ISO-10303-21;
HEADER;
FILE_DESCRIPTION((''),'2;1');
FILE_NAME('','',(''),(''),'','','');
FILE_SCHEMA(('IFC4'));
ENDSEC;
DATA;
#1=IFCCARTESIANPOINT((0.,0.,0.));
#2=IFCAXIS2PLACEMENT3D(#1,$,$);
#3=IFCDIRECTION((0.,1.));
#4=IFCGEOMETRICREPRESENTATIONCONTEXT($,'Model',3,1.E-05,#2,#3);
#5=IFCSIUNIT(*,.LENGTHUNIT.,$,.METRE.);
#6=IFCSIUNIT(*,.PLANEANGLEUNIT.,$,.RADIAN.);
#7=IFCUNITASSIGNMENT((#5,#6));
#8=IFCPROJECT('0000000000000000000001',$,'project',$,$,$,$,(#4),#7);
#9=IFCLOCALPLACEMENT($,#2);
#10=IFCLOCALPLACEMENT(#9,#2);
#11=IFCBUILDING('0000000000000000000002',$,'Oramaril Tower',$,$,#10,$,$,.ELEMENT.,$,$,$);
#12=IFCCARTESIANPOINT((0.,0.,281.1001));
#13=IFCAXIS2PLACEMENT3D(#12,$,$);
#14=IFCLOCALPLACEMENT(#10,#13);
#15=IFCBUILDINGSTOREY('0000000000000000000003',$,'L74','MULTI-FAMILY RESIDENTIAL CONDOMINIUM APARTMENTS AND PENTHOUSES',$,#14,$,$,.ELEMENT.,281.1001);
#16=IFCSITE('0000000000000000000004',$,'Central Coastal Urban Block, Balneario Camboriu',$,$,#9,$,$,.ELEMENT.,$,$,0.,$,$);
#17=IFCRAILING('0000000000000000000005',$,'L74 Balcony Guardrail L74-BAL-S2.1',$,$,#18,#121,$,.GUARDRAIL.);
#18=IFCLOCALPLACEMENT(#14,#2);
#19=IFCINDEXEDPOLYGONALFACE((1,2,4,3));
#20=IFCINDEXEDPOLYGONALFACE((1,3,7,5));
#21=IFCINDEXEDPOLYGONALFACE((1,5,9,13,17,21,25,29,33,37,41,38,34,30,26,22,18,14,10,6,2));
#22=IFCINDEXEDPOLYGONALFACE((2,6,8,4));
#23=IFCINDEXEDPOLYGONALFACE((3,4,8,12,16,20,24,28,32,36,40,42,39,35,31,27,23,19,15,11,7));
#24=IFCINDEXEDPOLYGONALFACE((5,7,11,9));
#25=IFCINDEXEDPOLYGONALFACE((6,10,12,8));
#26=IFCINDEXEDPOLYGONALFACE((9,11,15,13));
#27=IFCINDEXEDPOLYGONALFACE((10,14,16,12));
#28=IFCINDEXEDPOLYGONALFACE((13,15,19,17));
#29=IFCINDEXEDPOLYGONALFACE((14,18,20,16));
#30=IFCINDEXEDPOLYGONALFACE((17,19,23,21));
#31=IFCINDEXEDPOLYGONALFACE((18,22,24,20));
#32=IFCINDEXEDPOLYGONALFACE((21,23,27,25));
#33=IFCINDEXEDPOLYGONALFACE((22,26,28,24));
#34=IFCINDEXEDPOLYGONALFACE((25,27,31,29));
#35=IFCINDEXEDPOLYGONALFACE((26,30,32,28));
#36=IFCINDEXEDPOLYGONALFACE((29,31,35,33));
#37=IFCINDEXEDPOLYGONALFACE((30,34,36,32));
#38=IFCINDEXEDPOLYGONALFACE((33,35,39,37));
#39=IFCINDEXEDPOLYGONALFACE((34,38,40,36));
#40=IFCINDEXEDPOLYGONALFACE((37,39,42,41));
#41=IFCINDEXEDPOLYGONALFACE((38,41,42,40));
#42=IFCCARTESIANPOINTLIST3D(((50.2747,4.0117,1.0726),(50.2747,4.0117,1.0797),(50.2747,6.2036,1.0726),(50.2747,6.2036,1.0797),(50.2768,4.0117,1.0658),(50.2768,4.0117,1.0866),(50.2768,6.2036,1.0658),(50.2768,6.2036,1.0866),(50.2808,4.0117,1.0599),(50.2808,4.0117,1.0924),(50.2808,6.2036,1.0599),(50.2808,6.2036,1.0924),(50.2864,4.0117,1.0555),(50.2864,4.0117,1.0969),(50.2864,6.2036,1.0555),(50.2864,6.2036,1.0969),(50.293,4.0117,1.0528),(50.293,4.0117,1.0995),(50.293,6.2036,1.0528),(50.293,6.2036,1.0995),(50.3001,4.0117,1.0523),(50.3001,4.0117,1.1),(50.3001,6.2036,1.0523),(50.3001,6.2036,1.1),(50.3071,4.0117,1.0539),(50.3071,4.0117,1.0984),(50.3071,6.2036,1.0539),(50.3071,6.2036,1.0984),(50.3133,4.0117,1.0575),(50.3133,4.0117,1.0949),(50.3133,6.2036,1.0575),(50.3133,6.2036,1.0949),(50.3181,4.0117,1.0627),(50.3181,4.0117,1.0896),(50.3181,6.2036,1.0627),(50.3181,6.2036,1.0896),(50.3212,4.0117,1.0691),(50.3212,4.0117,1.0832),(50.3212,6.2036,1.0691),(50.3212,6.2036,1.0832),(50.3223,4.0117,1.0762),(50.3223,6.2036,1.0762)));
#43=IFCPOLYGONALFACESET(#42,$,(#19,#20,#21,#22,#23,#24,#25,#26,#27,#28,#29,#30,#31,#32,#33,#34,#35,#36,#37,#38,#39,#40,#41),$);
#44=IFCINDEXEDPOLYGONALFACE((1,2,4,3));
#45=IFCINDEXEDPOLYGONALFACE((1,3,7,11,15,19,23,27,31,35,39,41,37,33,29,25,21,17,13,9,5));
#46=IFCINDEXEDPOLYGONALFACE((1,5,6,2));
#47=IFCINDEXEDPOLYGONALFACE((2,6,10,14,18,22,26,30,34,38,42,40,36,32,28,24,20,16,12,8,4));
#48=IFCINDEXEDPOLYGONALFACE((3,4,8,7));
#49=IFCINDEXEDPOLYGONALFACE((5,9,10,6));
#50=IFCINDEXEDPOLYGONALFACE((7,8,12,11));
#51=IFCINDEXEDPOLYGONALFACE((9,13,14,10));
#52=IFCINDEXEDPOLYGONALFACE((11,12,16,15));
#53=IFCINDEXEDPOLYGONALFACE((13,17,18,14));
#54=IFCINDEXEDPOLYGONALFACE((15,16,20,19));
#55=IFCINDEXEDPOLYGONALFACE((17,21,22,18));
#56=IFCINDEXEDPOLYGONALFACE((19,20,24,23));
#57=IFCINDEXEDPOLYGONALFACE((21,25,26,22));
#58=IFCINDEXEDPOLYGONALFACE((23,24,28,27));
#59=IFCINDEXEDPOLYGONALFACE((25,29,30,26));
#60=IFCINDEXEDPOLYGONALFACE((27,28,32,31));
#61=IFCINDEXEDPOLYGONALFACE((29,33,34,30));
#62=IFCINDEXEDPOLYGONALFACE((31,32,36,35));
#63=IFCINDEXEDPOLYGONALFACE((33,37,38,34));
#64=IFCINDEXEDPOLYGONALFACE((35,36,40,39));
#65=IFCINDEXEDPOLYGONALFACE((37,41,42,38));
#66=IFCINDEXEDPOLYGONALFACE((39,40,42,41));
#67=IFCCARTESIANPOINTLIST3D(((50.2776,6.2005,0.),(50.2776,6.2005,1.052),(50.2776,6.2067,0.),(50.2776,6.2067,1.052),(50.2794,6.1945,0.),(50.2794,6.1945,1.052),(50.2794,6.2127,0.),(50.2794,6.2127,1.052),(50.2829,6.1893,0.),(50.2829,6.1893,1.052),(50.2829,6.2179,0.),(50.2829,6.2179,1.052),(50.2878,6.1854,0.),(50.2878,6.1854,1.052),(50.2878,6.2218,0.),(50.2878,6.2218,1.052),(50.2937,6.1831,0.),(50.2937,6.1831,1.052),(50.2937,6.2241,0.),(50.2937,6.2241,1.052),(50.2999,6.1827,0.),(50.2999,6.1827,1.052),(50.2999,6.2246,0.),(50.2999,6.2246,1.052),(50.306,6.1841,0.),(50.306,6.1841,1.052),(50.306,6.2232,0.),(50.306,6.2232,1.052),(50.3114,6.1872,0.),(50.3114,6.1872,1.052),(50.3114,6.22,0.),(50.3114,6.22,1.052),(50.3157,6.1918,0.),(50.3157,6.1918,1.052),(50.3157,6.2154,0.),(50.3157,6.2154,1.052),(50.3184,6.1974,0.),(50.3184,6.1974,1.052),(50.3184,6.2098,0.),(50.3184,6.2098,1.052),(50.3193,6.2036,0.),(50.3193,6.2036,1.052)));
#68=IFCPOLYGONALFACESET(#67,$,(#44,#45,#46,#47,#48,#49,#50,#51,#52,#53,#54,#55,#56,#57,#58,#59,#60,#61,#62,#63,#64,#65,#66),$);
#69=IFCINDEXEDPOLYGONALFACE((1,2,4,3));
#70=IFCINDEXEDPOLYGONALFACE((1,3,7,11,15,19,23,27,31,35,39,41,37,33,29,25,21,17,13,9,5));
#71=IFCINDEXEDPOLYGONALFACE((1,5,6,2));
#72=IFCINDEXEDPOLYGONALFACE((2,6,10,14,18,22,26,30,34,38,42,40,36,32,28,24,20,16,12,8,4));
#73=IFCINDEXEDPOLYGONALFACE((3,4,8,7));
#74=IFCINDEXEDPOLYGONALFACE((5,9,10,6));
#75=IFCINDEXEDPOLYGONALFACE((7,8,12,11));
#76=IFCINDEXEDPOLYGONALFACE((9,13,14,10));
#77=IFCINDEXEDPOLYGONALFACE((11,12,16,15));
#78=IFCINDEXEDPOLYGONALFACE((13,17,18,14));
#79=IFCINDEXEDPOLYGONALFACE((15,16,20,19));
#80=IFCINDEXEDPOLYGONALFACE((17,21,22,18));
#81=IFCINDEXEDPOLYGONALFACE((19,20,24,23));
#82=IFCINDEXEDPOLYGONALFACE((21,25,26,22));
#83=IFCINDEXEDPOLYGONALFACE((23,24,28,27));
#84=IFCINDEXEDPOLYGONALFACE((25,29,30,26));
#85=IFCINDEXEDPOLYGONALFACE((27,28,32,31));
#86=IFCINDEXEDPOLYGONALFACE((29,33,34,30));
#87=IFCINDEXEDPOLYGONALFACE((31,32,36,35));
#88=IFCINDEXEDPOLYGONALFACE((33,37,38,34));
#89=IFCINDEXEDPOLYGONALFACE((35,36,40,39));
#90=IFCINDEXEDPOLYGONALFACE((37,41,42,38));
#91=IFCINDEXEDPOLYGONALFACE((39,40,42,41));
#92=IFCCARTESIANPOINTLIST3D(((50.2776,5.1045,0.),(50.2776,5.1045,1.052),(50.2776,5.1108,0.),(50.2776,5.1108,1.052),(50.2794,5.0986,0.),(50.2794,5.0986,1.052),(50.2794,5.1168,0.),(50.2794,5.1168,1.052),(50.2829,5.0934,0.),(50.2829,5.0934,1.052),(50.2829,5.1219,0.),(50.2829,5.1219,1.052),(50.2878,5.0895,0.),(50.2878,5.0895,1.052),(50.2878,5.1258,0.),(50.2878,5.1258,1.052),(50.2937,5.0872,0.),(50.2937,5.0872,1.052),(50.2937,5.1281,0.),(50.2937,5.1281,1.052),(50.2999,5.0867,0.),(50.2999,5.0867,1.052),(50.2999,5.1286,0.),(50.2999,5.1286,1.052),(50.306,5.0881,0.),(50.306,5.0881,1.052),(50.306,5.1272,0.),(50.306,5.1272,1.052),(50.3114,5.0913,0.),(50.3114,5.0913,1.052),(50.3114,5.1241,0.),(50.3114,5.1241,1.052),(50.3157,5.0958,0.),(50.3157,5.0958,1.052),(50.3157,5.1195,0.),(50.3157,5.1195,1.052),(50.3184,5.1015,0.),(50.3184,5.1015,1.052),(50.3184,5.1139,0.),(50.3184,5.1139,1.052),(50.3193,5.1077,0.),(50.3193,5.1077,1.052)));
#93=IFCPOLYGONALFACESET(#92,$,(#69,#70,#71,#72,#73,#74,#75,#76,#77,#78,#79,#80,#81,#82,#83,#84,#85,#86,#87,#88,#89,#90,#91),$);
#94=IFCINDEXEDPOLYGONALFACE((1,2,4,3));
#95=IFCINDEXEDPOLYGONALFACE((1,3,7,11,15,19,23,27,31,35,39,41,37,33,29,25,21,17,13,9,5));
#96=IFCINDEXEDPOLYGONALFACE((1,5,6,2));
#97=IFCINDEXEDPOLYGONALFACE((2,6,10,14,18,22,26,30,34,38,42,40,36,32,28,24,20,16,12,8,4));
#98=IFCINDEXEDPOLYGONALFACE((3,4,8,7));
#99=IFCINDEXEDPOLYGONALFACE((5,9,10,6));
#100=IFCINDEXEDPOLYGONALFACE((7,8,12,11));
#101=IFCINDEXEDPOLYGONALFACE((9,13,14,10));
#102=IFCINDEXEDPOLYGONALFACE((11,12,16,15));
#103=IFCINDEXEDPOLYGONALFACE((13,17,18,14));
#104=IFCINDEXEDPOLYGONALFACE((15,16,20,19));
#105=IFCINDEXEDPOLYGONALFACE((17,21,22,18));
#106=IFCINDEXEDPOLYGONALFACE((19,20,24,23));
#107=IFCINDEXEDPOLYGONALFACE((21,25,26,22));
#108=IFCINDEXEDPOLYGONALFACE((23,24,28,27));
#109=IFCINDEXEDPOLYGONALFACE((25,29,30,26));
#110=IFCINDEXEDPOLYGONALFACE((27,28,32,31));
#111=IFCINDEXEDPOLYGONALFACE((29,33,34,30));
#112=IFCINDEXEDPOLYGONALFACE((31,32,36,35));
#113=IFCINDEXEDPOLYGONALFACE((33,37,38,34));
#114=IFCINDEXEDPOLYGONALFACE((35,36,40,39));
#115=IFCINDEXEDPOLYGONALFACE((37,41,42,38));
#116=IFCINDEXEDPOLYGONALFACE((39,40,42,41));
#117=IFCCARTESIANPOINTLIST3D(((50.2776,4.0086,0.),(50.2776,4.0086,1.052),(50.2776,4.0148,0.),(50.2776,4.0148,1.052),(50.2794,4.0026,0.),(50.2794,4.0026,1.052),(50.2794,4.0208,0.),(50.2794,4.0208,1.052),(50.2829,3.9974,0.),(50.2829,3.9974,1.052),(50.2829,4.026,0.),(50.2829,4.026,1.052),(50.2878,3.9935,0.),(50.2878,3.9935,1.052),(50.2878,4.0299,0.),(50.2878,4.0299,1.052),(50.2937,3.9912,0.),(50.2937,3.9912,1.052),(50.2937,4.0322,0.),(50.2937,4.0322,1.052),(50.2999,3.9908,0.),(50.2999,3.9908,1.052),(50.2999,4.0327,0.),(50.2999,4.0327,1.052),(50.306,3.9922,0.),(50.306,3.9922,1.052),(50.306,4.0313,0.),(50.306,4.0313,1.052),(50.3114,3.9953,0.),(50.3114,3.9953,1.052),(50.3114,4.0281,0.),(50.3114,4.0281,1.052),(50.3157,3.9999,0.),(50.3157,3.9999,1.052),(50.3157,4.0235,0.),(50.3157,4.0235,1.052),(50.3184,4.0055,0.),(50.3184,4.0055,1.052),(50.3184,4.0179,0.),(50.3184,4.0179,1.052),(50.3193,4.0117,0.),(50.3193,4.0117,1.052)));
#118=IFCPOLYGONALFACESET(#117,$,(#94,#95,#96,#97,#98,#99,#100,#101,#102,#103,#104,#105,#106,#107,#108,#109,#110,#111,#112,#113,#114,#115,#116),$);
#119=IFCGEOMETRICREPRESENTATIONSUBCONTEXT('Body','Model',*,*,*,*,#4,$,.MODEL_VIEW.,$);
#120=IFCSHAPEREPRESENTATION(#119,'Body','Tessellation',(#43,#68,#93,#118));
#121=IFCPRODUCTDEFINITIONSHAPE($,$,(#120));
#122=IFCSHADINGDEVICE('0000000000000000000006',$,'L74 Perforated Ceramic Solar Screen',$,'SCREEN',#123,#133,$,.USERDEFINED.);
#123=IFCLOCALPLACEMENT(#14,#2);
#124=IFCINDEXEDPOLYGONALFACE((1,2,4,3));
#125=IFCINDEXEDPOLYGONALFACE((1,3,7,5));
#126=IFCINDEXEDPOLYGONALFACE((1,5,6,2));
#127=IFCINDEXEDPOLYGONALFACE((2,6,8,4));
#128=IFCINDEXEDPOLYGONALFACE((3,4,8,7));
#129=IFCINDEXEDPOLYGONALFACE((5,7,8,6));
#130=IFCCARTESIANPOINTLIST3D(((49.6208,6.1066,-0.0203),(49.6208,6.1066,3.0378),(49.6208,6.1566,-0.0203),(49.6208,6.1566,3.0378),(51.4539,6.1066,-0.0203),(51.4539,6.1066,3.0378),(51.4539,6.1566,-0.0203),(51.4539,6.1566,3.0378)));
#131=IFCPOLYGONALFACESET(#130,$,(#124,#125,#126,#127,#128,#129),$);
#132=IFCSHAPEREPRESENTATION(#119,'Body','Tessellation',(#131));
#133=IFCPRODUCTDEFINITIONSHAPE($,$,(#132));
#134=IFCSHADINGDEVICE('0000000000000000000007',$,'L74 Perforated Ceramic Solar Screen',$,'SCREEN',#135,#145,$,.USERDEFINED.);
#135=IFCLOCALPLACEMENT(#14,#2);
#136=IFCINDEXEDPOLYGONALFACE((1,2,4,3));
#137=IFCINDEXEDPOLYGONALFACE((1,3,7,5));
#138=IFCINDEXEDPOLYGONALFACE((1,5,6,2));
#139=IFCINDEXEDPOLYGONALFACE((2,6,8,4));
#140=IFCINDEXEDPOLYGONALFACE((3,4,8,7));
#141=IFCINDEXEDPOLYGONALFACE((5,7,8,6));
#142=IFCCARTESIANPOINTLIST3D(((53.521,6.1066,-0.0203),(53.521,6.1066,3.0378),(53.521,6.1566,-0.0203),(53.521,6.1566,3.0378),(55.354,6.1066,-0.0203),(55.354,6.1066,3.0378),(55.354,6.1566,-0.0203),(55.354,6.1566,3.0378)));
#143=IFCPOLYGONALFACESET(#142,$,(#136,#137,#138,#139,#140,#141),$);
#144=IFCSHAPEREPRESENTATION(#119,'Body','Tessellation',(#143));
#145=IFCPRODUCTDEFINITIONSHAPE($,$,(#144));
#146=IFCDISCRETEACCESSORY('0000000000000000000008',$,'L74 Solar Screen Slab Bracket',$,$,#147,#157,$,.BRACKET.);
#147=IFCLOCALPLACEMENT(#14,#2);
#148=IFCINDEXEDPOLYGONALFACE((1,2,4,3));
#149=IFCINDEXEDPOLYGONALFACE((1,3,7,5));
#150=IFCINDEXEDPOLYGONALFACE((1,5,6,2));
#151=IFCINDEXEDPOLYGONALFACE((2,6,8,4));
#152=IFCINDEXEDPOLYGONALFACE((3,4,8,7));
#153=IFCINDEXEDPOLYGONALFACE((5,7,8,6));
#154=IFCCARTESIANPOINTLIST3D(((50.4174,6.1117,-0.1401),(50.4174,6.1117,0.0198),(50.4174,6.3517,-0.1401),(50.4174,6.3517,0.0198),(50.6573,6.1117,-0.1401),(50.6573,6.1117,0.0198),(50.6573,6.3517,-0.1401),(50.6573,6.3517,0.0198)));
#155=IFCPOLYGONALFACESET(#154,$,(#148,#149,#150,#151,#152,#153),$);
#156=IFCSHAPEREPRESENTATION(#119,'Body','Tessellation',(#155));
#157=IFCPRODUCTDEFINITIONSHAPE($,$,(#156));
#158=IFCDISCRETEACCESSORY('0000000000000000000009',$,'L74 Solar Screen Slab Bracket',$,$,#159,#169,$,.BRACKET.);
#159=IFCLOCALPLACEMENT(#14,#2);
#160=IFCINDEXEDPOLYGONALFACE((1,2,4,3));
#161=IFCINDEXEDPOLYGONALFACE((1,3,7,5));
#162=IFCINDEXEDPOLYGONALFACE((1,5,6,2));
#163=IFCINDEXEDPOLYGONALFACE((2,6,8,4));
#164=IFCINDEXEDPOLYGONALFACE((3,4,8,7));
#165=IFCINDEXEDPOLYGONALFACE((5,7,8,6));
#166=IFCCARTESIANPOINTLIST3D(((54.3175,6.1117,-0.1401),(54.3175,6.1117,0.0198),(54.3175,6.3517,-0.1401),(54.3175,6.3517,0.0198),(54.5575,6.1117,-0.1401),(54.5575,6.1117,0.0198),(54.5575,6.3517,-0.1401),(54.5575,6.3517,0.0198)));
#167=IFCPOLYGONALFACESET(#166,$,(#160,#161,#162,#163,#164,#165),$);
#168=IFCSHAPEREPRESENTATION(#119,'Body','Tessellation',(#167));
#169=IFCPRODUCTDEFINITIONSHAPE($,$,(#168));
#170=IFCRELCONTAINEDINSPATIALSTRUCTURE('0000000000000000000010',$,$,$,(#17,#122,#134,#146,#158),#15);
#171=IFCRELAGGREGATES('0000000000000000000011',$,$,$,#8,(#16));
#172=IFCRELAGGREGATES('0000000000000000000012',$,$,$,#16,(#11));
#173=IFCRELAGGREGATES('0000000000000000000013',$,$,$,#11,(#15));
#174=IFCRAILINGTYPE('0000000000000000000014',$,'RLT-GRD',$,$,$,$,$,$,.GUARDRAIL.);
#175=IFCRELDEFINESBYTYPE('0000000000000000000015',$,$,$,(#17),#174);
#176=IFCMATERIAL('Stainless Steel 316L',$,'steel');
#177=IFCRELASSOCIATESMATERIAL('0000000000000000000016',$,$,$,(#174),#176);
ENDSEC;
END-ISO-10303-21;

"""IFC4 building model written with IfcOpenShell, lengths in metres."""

from ifc_helpers import new_model, si_unit, direction, frame, origin, origin_2d, place, context, subcontext, project, spatial, rectangle, circle, extrude, material, type_object, element, save


model = new_model("IFC4")

# Units and contexts
model_context = context("Model", 3, precision=1e-05, world=origin(), true_north=direction((0.0, 1.0)))
body_context = subcontext(model_context, "Body", "Model", "MODEL_VIEW")
ifc_project = project(units=[si_unit("LENGTHUNIT", "METRE"), si_unit("PLANEANGLEUNIT", "RADIAN")], contexts=[model_context])

# Site, building, storey
site_placement = place(None, origin())
site = spatial("IfcSite", under=ifc_project, at=site_placement, Name="Central Coastal Urban Block, Balneario Camboriu", CompositionType="ELEMENT", RefElevation=0.0)
building_placement = place(site_placement, origin())
building = spatial("IfcBuilding", under=site, at=building_placement, Name="Oramaril Tower", CompositionType="ELEMENT")
storey_placement = place(building_placement, frame((0.0, 0.0, 281.1001)))
storey = spatial("IfcBuildingStorey", under=building, at=storey_placement, Name="L74", Description="MULTI-FAMILY RESIDENTIAL CONDOMINIUM APARTMENTS AND PENTHOUSES", CompositionType="ELEMENT", Elevation=281.1001)

# Railing
ifc_material_1 = material(Name="Stainless Steel 316L", Category="steel")
railing_type = type_object("IfcRailingType", Name="RLT-GRD", PredefinedType="GUARDRAIL", material=ifc_material_1)
railing_1_placement = place(storey_placement, frame((50.2983, 6.2036, 0.0)))
element("IfcRailing", 1, at=railing_1_placement, inside=storey, type_object=railing_type, Name="L74 Balcony Guardrail L74-BAL-S2.1", PredefinedType="GUARDRAIL", context=body_context, shape_type="SweptSolid", body=[
    extrude(circle(Radius=0.0239, at=origin_2d()), frame((0.0, 0.0, 1.0762), z_axis=(0.0, -1.0, 0.0), x_axis=(1.0, 0.0, 0.0)), (0.0, 0.0, 1.0), 2.1919),
    extrude(circle(Radius=0.021, at=origin_2d()), origin(), (0.0, 0.0, 1.0), 1.052),
    extrude(circle(Radius=0.021, at=origin_2d()), frame((0.0, -1.0959, 0.0)), (0.0, 0.0, 1.0), 1.052),
    extrude(circle(Radius=0.021, at=origin_2d()), frame((0.0, -2.1919, 0.0)), (0.0, 0.0, 1.0), 1.052),
])

# Shading devices
for number, where, z_axis, x_axis, name in (
    (2, (50.5374, 6.1316, -0.0203), (0.0, 0.0, 1.0), (1.0, 0.0, 0.0), "L74 Perforated Ceramic Solar Screen"),
    (3, (54.4375, 6.1316, -0.0203), (0.0, 0.0, 1.0), (1.0, 0.0, 0.0), "L74 Perforated Ceramic Solar Screen"),
):
    element("IfcShadingDevice", number, at=place(storey_placement, frame(where, z_axis=z_axis, x_axis=x_axis)), inside=storey, Name=name, ObjectType="SCREEN", PredefinedType="USERDEFINED", context=body_context, shape_type="SweptSolid", body=[
        extrude(rectangle(XDim=1.833, YDim=0.05, at=origin_2d()), origin(), (0.0, 0.0, 1.0), 3.0581),
    ])

# Discrete accessories
for number, where, z_axis, x_axis, name in (
    (4, (50.5374, 6.2317, -0.1401), (0.0, 0.0, 1.0), (1.0, 0.0, 0.0), "L74 Solar Screen Slab Bracket"),
    (5, (54.4375, 6.2317, -0.1401), (0.0, 0.0, 1.0), (1.0, 0.0, 0.0), "L74 Solar Screen Slab Bracket"),
):
    element("IfcDiscreteAccessory", number, at=place(storey_placement, frame(where, z_axis=z_axis, x_axis=x_axis)), inside=storey, Name=name, PredefinedType="BRACKET", context=body_context, shape_type="SweptSolid", body=[
        extrude(rectangle(XDim=0.24, YDim=0.24, at=origin_2d()), origin(), (0.0, 0.0, 1.0), 0.1599),
    ])

save(model, "model.ifc")
